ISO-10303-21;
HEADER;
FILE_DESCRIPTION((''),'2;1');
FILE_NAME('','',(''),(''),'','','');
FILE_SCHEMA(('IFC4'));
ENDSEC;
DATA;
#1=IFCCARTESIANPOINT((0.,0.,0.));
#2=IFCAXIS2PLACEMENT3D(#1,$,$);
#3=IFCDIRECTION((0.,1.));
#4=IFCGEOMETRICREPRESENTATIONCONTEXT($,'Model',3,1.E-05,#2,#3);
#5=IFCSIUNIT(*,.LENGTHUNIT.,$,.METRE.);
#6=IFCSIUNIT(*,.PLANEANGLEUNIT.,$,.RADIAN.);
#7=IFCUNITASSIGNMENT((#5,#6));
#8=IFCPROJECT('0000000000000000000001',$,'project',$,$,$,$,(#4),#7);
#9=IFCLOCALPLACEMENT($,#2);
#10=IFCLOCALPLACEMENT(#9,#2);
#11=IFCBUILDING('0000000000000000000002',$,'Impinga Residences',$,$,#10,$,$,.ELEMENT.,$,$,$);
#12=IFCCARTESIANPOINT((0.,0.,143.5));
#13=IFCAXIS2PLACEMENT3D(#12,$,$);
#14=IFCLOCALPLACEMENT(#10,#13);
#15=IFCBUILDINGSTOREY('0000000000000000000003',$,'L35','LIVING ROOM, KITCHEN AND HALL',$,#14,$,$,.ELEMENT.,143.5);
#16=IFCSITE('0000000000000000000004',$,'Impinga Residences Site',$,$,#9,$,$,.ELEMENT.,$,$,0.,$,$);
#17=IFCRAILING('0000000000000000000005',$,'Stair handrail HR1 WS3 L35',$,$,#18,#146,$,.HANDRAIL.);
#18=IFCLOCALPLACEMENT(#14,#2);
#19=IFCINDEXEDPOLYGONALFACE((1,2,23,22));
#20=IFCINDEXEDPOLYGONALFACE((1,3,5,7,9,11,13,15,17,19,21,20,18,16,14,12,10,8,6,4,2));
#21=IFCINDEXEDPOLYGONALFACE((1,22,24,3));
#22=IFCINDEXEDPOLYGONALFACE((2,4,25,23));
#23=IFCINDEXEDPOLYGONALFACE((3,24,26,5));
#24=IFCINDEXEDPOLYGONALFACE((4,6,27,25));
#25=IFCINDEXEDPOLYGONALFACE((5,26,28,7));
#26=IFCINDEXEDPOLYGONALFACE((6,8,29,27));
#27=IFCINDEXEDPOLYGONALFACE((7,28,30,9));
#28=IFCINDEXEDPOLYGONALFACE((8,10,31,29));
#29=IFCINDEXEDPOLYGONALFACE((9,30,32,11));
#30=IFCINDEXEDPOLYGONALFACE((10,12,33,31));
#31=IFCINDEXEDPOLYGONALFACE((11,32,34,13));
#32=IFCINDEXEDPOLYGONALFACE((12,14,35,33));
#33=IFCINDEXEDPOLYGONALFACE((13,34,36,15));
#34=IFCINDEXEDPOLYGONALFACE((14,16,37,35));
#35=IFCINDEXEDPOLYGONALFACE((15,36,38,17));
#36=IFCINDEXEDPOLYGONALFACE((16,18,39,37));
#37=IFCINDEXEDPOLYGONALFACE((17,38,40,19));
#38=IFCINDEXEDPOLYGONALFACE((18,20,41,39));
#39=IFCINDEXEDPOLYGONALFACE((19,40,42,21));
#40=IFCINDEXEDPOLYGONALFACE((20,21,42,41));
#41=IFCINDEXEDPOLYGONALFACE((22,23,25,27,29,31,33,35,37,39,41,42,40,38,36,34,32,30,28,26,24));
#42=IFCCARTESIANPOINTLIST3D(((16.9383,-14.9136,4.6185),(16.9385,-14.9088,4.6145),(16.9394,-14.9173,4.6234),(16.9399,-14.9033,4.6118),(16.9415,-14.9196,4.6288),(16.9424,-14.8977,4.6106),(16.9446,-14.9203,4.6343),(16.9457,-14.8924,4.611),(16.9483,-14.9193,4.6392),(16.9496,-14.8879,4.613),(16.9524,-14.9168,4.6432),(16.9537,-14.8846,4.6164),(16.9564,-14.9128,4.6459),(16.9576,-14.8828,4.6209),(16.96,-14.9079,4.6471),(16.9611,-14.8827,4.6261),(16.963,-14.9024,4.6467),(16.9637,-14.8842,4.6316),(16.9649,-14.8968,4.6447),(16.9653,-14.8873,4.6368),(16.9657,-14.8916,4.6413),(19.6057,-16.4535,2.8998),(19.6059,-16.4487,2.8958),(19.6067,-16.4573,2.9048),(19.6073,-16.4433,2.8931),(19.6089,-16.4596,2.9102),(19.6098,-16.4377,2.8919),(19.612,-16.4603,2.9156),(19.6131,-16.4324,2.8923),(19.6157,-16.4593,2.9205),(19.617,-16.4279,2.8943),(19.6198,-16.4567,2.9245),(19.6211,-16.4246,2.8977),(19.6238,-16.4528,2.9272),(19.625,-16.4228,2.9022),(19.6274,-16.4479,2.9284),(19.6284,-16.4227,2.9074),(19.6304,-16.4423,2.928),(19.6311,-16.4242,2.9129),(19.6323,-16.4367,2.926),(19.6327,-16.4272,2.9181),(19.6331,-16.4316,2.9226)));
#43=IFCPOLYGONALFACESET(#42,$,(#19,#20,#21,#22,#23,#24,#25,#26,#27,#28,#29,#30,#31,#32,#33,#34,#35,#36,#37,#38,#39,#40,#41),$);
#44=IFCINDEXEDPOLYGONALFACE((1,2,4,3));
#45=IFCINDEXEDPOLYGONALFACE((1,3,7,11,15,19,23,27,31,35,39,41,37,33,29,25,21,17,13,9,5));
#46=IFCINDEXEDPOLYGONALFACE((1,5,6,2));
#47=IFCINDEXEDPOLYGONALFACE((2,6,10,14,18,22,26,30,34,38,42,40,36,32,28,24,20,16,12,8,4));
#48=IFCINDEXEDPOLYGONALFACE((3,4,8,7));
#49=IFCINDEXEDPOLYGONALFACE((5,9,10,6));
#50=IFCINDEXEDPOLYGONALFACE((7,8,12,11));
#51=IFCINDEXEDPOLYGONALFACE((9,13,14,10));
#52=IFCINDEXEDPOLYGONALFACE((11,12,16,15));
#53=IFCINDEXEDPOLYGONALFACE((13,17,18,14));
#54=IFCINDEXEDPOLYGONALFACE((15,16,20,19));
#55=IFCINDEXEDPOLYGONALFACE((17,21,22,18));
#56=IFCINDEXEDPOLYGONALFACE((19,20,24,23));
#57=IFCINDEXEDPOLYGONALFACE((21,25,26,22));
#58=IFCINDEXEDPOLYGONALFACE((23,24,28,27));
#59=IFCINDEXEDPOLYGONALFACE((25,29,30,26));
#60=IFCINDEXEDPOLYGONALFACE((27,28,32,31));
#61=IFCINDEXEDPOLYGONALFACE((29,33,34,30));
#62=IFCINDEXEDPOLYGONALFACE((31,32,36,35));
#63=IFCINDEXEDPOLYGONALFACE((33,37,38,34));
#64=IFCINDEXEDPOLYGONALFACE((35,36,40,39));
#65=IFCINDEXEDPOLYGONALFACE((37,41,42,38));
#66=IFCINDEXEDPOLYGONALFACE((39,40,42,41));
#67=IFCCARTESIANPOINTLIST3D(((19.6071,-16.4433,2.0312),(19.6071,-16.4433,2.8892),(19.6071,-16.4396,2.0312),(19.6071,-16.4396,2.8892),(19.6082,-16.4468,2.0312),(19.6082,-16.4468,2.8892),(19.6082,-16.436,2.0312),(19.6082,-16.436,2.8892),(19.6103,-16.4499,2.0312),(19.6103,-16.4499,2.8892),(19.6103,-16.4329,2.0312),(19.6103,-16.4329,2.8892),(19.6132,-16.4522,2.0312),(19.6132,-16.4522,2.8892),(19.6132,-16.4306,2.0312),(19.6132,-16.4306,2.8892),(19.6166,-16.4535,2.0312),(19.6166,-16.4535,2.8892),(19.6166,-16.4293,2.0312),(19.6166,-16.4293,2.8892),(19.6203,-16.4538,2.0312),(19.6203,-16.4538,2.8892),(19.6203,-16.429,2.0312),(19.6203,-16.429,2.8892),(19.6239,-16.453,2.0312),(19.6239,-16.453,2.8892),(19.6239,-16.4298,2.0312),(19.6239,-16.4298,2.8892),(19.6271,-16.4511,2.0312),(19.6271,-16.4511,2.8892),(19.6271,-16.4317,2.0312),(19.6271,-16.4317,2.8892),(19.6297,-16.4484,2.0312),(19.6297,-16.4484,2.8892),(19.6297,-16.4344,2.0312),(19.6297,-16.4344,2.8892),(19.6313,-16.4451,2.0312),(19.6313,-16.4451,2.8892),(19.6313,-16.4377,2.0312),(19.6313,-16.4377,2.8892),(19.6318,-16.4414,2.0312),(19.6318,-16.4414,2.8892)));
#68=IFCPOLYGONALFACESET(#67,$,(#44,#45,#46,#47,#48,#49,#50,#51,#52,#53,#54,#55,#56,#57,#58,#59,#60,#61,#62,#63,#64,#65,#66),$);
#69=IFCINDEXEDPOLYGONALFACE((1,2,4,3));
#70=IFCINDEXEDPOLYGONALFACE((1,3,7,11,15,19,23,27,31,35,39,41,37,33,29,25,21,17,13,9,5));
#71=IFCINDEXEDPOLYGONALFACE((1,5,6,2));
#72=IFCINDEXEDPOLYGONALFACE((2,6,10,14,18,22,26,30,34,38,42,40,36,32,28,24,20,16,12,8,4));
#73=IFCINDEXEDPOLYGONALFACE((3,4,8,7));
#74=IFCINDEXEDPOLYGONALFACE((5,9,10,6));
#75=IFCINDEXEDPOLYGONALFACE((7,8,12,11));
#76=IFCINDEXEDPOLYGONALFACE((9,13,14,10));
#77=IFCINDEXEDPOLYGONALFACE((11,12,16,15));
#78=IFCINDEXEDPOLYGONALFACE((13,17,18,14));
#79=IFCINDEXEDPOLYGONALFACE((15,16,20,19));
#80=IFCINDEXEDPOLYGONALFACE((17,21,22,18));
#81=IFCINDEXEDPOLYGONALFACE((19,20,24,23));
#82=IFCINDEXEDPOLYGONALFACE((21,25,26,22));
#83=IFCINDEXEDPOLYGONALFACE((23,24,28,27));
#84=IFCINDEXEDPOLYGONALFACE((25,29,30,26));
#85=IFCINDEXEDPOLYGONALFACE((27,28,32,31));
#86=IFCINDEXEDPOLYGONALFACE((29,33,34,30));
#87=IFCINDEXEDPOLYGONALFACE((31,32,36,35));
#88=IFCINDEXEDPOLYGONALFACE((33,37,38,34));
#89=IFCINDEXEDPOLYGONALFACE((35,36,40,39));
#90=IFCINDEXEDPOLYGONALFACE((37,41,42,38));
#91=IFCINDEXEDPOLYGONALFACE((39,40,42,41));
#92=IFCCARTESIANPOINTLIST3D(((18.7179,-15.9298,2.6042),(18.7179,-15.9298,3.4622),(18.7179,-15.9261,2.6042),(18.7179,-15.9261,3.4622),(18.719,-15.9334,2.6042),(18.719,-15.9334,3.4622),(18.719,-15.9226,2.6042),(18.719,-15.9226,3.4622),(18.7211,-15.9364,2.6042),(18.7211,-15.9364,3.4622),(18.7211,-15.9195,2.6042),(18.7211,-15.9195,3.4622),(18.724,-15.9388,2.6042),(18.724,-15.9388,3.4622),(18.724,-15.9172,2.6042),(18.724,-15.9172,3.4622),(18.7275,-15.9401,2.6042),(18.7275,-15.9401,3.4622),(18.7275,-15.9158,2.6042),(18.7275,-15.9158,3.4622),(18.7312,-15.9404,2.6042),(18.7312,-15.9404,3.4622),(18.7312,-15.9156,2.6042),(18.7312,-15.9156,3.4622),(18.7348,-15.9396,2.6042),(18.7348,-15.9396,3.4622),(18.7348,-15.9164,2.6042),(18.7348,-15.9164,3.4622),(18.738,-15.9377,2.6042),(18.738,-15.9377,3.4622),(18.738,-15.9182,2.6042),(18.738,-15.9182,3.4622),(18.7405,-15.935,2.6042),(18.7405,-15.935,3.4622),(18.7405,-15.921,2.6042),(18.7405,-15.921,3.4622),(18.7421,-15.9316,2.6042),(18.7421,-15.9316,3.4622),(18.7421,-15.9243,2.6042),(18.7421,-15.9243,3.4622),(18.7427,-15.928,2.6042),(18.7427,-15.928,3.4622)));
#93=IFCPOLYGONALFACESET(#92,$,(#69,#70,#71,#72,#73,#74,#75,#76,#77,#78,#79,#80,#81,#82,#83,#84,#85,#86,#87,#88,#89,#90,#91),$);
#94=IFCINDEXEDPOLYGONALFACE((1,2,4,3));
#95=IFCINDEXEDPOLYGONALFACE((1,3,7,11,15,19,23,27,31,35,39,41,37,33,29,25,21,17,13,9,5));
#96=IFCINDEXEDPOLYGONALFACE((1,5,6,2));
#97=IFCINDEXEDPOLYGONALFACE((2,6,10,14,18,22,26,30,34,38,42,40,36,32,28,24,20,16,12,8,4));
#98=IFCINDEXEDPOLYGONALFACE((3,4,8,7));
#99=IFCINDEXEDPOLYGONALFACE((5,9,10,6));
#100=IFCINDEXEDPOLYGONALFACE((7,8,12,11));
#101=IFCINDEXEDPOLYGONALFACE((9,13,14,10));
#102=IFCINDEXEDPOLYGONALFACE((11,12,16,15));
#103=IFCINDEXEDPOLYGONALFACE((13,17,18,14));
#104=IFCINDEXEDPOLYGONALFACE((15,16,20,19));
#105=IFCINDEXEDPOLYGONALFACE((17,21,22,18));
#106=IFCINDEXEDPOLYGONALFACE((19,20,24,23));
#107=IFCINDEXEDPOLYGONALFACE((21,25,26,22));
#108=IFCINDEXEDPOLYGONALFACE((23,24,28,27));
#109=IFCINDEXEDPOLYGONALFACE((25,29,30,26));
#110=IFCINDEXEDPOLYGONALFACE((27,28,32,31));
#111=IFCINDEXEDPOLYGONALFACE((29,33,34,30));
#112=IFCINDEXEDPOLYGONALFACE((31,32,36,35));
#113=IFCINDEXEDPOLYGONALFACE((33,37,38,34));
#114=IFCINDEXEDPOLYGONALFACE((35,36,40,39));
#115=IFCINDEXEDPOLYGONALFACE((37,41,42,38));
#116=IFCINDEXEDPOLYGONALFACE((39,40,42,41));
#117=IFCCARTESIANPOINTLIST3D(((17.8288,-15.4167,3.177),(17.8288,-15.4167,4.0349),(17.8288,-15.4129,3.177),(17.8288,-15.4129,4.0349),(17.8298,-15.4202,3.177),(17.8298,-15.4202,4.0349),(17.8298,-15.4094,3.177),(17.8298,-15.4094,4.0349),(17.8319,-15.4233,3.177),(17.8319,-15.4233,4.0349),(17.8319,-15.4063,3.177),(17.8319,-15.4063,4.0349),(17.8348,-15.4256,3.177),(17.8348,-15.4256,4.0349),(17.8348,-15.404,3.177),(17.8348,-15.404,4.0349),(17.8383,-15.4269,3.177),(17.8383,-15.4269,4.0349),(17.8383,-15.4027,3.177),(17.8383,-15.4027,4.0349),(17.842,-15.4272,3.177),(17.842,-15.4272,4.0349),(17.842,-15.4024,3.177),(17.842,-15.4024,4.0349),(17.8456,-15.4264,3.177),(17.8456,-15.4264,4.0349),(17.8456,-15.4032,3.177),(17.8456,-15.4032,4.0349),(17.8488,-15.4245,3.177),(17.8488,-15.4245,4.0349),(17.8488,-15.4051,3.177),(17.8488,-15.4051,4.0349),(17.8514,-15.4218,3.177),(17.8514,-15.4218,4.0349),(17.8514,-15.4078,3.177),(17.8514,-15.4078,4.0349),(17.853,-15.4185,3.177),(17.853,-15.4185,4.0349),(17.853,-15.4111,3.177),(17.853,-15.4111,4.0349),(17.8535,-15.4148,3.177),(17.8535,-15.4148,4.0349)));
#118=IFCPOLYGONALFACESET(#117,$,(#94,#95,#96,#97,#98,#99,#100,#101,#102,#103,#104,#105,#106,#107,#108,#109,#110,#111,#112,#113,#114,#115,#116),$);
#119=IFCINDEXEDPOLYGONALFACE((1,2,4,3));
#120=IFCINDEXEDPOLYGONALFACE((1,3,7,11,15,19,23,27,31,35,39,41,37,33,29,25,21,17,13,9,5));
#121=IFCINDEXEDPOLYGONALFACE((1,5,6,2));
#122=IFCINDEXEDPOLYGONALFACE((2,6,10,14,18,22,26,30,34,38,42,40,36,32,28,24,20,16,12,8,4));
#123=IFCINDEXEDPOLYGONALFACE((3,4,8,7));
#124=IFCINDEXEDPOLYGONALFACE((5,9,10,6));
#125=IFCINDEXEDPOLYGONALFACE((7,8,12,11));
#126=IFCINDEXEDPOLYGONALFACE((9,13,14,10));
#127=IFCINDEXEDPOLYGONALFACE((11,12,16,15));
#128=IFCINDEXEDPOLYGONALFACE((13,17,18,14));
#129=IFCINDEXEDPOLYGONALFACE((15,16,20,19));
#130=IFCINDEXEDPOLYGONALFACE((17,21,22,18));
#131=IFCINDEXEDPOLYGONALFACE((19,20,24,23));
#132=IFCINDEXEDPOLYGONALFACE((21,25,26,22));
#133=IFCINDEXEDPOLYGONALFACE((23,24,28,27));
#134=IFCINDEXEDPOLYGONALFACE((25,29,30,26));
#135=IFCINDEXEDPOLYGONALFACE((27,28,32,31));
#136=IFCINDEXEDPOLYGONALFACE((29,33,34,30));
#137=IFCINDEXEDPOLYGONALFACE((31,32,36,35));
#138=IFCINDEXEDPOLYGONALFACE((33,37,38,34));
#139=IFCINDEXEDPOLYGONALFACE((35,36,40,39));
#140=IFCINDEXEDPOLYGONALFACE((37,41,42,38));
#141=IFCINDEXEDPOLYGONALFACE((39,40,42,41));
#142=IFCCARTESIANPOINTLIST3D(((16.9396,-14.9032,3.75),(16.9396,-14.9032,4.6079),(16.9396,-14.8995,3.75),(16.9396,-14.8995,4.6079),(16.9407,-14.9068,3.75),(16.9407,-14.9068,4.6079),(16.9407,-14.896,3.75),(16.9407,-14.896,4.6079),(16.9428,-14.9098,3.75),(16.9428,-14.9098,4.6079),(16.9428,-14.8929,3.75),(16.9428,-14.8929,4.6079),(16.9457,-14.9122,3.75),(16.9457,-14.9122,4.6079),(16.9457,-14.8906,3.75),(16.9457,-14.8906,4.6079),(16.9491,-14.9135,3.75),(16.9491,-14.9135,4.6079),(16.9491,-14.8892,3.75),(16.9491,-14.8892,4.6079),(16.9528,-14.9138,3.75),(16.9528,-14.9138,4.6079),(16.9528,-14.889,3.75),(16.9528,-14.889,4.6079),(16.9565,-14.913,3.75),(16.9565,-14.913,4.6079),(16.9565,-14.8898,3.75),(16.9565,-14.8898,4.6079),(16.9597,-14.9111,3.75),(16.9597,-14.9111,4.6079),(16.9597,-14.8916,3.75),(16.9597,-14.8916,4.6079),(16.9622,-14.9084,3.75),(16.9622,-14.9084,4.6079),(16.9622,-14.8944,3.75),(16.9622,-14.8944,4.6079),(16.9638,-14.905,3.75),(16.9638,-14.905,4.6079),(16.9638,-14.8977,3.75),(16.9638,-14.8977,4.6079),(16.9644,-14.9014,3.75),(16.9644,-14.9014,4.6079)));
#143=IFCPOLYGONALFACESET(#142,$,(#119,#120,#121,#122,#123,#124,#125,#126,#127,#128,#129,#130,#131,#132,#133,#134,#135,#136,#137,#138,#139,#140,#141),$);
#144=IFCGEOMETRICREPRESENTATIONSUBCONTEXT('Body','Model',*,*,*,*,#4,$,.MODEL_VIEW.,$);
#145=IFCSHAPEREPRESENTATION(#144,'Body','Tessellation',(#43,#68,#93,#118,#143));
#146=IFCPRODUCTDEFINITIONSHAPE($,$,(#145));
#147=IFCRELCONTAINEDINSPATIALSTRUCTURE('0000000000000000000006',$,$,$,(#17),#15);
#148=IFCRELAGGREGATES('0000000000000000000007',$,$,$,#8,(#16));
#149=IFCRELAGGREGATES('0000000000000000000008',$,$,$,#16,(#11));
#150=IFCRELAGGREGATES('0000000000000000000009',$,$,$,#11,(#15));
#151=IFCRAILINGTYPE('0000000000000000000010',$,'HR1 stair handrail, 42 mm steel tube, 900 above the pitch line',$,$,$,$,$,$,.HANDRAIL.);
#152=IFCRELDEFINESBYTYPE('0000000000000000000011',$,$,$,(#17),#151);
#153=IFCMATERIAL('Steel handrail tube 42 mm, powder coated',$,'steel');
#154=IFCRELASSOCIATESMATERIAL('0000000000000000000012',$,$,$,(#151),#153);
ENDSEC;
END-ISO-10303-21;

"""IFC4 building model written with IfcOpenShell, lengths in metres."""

from ifc_helpers import new_model, si_unit, direction, frame, origin, origin_2d, place, context, subcontext, project, spatial, circle, extrude, material, type_object, element, save


model = new_model("IFC4")

# Units and contexts
model_context = context("Model", 3, precision=1e-05, world=origin(), true_north=direction((0.0, 1.0)))
body_context = subcontext(model_context, "Body", "Model", "MODEL_VIEW")
ifc_project = project(units=[si_unit("LENGTHUNIT", "METRE"), si_unit("PLANEANGLEUNIT", "RADIAN")], contexts=[model_context])

# Site, building, storey
site_placement = place(None, origin())
site = spatial("IfcSite", under=ifc_project, at=site_placement, Name="Impinga Residences Site", CompositionType="ELEMENT", RefElevation=0.0)
building_placement = place(site_placement, origin())
building = spatial("IfcBuilding", under=site, at=building_placement, Name="Impinga Residences", CompositionType="ELEMENT")
storey_placement = place(building_placement, frame((0.0, 0.0, 143.5)))
storey = spatial("IfcBuildingStorey", under=building, at=storey_placement, Name="L35", Description="LIVING ROOM, KITCHEN AND HALL", CompositionType="ELEMENT", Elevation=143.5)

# Railing
ifc_material_1 = material(Name="Steel handrail tube 42 mm, powder coated", Category="steel")
railing_type = type_object("IfcRailingType", Name="HR1 stair handrail, 42 mm steel tube, 900 above the pitch line", PredefinedType="HANDRAIL", material=ifc_material_1)
railing_1_placement = place(storey_placement, frame((19.6194, -16.4414, 2.0312)))
element("IfcRailing", 1, at=railing_1_placement, inside=storey, type_object=railing_type, Name="Stair handrail HR1 WS3 L35", PredefinedType="HANDRAIL", context=body_context, shape_type="SweptSolid", body=[
    extrude(circle(Radius=0.021, at=origin_2d()), frame((0.0, 0.0, 0.8789), z_axis=(-0.756256, 0.436616, 0.487282), x_axis=(-0.499992, -0.86603, 0.0)), (0.0, 0.0, 1.0), 3.5271),
    extrude(circle(Radius=0.0125, at=origin_2d()), origin(), (0.0, 0.0, 1.0), 0.8579),
    extrude(circle(Radius=0.0125, at=origin_2d()), frame((-0.8892, 0.5134, 0.573)), (0.0, 0.0, 1.0), 0.8579),
    extrude(circle(Radius=0.0125, at=origin_2d()), frame((-1.7783, 1.0266, 1.1458)), (0.0, 0.0, 1.0), 0.8579),
    extrude(circle(Radius=0.0125, at=origin_2d()), frame((-2.6675, 1.54, 1.7188)), (0.0, 0.0, 1.0), 0.8579),
])

save(model, "model.ifc")
